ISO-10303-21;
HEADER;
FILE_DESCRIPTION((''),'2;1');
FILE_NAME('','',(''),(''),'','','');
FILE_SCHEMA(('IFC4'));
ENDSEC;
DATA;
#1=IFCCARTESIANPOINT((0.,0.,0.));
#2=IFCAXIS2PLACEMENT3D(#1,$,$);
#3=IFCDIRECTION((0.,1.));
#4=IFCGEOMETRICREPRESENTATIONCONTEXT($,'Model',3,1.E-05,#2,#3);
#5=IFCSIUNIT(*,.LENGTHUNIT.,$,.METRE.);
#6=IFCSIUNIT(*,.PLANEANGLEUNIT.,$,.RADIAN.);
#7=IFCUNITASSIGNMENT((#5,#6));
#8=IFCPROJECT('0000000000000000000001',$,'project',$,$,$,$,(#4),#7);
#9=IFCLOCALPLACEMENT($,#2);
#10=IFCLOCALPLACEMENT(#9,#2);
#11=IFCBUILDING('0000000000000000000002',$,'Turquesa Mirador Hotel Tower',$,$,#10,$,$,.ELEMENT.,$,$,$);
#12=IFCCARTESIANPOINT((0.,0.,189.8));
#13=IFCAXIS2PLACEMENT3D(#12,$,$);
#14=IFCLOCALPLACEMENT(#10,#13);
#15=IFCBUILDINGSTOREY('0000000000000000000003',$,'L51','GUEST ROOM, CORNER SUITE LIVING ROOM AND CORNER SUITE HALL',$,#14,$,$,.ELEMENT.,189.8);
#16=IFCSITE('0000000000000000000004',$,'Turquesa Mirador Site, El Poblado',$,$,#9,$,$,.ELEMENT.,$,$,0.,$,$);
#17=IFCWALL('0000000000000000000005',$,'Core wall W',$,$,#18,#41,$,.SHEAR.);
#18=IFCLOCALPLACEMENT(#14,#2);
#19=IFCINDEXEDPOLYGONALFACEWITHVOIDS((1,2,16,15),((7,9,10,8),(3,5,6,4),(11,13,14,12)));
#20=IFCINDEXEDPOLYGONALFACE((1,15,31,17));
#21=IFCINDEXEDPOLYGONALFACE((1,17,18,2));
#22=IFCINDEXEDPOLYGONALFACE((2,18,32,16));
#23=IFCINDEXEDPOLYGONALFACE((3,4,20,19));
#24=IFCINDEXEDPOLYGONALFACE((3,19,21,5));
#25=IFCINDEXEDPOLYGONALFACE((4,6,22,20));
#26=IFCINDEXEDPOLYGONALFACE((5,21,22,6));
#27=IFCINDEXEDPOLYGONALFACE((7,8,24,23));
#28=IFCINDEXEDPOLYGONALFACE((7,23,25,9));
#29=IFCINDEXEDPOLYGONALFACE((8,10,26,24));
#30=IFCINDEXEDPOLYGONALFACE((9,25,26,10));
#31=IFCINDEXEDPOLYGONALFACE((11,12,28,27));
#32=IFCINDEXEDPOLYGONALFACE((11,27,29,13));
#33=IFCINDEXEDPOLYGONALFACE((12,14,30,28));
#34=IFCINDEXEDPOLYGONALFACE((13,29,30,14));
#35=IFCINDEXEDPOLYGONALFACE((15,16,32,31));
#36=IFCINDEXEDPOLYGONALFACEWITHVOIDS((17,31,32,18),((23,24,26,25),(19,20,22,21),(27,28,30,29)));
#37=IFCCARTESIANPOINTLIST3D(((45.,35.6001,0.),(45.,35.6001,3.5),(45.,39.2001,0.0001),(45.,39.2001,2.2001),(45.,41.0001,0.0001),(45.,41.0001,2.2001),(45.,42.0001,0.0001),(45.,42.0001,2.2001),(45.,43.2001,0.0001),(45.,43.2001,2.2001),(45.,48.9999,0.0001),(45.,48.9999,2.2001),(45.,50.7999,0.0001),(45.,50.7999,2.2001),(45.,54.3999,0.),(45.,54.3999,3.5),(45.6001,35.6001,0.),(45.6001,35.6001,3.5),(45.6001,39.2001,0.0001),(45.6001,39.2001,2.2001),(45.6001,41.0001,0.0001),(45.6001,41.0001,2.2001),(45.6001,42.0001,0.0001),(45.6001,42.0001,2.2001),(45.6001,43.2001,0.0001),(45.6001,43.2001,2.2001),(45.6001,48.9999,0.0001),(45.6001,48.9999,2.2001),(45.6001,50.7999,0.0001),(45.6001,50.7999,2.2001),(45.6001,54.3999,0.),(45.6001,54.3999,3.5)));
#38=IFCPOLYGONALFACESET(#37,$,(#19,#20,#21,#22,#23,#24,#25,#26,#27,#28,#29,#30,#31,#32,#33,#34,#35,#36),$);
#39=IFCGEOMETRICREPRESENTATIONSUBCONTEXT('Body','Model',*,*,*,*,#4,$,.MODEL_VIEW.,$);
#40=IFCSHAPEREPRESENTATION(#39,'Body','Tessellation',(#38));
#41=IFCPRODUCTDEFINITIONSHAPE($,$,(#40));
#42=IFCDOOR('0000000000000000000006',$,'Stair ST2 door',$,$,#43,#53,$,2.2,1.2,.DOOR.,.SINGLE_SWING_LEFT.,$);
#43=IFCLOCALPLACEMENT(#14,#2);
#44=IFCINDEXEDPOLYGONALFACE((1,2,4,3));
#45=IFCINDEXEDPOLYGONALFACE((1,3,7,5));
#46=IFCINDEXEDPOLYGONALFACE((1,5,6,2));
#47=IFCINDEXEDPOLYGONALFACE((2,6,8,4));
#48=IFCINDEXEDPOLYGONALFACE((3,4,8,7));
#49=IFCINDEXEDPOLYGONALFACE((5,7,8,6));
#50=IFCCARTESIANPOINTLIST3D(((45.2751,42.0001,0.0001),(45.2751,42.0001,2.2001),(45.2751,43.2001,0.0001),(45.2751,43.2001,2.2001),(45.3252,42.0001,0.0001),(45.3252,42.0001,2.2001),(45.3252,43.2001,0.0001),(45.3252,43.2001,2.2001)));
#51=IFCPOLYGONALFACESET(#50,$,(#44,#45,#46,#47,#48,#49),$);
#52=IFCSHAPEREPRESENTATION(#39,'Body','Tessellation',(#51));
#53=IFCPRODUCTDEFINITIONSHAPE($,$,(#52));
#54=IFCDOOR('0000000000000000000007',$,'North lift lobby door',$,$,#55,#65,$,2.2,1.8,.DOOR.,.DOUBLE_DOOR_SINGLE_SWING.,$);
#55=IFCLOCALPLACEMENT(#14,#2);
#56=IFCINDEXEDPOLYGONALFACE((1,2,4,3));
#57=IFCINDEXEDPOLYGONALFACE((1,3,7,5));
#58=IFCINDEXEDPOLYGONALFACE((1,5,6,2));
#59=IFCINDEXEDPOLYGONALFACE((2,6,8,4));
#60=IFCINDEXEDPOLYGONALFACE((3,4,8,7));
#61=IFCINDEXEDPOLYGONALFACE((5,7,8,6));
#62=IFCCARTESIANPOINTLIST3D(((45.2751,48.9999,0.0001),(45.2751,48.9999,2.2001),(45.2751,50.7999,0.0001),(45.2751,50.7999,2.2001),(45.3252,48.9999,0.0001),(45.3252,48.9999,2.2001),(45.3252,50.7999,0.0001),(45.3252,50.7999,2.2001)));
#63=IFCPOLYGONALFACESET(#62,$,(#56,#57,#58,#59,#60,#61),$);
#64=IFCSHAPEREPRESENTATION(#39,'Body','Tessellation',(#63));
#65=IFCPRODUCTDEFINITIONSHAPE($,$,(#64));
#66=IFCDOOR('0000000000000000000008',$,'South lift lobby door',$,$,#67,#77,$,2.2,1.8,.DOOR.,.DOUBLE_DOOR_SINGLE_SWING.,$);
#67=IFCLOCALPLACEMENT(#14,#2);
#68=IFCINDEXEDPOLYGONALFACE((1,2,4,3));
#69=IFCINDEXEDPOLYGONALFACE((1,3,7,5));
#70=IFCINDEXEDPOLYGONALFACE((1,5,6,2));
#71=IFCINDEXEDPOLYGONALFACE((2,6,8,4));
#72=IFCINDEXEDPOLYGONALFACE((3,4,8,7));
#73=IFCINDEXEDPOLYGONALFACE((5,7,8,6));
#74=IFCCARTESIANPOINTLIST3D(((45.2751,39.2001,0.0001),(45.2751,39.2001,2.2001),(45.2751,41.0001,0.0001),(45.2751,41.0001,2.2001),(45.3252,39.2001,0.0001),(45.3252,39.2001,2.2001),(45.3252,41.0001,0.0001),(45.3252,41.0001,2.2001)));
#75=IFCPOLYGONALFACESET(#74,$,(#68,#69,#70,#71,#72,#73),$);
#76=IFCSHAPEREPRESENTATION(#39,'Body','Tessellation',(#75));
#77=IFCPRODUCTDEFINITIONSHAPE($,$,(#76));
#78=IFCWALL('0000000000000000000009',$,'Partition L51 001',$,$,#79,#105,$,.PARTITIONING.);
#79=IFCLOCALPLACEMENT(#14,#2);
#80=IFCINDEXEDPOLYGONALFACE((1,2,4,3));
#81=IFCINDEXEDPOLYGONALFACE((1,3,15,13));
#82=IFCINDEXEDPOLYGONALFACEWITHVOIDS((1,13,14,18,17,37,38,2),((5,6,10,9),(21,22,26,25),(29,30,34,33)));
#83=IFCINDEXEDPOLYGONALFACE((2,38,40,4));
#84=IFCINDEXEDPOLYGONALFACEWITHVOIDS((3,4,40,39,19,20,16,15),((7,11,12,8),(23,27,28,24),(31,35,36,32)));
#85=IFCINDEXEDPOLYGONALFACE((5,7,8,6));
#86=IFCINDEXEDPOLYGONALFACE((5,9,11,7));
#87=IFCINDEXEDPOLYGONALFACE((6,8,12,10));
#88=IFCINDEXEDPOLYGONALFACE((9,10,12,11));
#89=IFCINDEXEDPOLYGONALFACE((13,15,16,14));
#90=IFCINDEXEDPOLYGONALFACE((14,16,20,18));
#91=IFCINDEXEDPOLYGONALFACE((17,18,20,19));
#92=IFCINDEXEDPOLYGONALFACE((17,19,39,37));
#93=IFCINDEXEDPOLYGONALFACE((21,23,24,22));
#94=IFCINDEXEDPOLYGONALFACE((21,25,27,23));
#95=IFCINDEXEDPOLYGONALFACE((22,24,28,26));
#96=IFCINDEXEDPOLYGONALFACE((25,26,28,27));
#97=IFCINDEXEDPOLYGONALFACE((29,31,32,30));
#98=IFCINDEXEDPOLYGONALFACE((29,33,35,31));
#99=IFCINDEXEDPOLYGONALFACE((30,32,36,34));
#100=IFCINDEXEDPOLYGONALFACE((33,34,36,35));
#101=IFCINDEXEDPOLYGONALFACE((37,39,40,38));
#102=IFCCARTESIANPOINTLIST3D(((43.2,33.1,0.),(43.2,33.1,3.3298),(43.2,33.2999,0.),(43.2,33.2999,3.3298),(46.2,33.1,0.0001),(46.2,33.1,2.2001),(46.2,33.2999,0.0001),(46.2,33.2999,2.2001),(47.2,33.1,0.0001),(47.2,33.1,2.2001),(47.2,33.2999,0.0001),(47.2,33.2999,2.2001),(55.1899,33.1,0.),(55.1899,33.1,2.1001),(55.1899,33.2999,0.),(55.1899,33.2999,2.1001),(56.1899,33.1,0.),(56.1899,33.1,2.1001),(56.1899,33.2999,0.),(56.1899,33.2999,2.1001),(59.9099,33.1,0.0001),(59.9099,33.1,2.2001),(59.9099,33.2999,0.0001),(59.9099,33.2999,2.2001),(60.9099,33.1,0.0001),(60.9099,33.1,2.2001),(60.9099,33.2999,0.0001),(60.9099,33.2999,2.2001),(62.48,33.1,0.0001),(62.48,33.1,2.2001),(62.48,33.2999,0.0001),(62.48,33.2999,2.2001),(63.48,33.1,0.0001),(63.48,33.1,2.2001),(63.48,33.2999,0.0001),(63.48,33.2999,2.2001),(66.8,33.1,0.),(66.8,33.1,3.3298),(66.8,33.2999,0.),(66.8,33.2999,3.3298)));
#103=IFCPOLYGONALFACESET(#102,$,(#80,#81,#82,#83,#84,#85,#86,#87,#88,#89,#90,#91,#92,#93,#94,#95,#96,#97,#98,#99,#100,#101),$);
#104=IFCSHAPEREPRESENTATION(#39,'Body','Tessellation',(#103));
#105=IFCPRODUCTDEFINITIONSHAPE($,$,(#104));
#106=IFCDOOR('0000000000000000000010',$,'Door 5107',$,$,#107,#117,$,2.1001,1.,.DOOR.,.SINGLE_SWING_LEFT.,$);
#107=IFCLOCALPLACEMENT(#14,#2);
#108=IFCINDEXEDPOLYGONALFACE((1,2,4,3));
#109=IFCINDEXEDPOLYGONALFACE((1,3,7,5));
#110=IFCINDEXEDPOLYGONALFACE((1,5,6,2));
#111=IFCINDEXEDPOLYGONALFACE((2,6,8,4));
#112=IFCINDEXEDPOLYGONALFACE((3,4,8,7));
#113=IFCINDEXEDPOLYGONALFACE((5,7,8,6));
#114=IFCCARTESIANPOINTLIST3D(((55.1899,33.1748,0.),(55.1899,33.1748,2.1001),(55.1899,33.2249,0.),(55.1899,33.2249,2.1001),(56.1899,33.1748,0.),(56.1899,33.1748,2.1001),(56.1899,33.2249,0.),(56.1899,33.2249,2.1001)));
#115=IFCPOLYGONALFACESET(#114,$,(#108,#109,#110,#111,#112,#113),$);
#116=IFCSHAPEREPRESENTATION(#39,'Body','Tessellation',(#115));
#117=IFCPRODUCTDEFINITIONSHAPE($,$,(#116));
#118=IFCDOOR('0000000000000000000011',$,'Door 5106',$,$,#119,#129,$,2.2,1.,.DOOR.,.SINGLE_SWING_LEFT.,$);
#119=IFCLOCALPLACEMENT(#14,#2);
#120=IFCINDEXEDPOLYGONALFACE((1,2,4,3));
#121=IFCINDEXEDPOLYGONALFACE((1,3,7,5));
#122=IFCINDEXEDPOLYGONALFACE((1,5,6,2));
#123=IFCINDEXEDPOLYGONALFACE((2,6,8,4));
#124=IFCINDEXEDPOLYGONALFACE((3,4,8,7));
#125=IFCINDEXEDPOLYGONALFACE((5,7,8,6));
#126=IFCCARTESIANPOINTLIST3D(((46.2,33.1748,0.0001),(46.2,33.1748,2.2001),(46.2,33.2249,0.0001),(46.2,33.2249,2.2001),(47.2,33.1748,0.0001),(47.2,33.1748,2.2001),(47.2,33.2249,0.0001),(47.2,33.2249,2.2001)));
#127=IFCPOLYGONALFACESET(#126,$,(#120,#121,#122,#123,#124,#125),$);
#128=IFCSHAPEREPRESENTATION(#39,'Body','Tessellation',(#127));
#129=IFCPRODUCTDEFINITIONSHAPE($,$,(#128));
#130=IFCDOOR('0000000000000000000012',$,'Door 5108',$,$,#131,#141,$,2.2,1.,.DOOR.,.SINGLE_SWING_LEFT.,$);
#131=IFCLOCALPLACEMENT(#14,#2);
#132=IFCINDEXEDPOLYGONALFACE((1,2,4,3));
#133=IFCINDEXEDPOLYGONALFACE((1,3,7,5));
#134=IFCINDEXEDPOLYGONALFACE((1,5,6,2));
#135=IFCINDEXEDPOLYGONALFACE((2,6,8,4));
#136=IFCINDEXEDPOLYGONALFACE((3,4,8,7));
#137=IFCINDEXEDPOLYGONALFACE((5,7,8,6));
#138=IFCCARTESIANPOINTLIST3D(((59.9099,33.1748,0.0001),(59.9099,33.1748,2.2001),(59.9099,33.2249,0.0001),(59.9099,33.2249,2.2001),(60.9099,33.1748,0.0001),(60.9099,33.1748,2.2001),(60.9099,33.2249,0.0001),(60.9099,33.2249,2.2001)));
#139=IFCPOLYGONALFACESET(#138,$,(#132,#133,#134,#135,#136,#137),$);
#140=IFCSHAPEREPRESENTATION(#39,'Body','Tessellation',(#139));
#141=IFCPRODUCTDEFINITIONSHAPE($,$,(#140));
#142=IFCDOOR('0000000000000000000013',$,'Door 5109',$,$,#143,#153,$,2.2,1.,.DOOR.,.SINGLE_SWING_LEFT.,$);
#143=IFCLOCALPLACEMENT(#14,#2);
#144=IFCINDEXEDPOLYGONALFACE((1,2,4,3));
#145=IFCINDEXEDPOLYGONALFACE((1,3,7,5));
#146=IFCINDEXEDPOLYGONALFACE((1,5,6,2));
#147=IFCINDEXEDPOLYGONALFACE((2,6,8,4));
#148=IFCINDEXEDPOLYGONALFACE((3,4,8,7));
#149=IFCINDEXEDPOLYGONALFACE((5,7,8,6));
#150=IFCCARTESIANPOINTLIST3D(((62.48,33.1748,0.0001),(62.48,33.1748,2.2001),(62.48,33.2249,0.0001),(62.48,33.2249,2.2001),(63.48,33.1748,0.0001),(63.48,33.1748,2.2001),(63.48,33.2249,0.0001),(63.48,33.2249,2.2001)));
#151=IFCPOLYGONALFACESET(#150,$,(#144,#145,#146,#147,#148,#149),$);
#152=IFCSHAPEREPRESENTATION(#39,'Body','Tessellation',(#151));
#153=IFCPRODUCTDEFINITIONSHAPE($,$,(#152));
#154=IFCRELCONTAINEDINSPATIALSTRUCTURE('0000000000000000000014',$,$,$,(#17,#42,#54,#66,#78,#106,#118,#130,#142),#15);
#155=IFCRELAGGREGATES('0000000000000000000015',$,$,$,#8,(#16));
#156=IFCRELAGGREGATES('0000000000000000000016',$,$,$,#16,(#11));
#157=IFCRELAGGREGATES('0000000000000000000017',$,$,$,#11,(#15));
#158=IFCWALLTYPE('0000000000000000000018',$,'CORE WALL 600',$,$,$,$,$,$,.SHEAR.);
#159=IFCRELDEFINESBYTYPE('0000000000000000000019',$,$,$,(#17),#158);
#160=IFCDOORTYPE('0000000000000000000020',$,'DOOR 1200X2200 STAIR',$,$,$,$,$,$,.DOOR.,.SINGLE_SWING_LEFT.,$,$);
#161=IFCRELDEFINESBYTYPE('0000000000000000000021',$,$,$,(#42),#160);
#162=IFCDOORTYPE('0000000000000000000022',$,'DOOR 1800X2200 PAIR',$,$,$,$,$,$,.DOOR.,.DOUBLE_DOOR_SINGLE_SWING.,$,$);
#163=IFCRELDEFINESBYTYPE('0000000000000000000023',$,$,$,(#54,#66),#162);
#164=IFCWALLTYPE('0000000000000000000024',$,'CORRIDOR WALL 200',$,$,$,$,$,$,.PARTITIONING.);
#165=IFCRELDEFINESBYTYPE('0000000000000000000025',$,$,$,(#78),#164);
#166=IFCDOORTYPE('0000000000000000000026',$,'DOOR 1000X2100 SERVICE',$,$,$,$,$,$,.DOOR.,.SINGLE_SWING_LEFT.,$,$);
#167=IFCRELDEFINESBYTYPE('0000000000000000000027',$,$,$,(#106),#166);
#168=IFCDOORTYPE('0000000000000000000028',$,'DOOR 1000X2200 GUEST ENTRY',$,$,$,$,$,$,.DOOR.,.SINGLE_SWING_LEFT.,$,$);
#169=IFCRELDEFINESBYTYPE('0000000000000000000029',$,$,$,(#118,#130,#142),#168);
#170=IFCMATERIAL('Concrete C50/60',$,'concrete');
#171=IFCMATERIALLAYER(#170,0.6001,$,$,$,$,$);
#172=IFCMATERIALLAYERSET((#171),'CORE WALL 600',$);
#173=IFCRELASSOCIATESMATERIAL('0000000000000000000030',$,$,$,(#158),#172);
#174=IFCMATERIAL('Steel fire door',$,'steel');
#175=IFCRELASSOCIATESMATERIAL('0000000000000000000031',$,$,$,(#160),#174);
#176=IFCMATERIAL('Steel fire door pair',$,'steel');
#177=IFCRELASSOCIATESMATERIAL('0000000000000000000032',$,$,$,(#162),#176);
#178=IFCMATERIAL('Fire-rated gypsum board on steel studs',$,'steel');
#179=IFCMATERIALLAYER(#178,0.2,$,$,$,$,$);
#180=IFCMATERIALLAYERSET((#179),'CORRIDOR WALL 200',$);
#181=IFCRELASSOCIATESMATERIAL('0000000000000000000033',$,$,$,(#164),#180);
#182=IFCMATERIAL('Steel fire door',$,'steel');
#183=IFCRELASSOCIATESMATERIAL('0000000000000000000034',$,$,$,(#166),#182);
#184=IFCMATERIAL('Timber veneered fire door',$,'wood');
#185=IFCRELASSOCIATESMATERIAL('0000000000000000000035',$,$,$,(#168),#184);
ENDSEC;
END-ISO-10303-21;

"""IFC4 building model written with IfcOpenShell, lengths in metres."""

from ifc_helpers import new_model, si_unit, direction, frame, frame_2d, origin, place, context, subcontext, project, spatial, rectangle, extrude, material, layer, layer_set, type_object, element, fill, save


model = new_model("IFC4")

# Units and contexts
model_context = context("Model", 3, precision=1e-05, world=origin(), true_north=direction((0.0, 1.0)))
body_context = subcontext(model_context, "Body", "Model", "MODEL_VIEW")
ifc_project = project(units=[si_unit("LENGTHUNIT", "METRE"), si_unit("PLANEANGLEUNIT", "RADIAN")], contexts=[model_context])

# Site, building, storey
site_placement = place(None, origin())
site = spatial("IfcSite", under=ifc_project, at=site_placement, Name="Turquesa Mirador Site, El Poblado", CompositionType="ELEMENT", RefElevation=0.0)
building_placement = place(site_placement, origin())
building = spatial("IfcBuilding", under=site, at=building_placement, Name="Turquesa Mirador Hotel Tower", CompositionType="ELEMENT")
storey_placement = place(building_placement, frame((0.0, 0.0, 189.8)))
storey = spatial("IfcBuildingStorey", under=building, at=storey_placement, Name="L51", Description="GUEST ROOM, CORNER SUITE LIVING ROOM AND CORNER SUITE HALL", CompositionType="ELEMENT", Elevation=189.8)

# Shared definitions
ifc_material_1 = material(Name="Concrete C50/60", Category="concrete")
ifc_layer_1 = layer(ifc_material_1, 0.6001)
ifc_layer_set_1 = layer_set([ifc_layer_1], Name="CORE WALL 600")
wall_type_1 = type_object("IfcWallType", Name="CORE WALL 600", PredefinedType="SHEAR", material=ifc_layer_set_1)

# Walls, openings, doors
wall_1_placement = place(storey_placement, frame((45.3, 35.6001, 0.0), z_axis=(0.0, 0.0, 1.0), x_axis=(0.0, 1.0, 0.0)))
wall_1 = element("IfcWall", 1, at=wall_1_placement, inside=storey, type_object=wall_type_1, Name="Core wall W", PredefinedType="SHEAR", context=body_context, shape_type="SweptSolid", body=[
    extrude(rectangle(XDim=18.7998, YDim=0.6001, at=frame_2d((9.3999, 0.0))), origin(), (0.0, 0.0, 1.0), 3.5),
])
opening_1_placement = place(wall_1_placement, frame((13.3999, 0.0, 0.0)))
opening_1 = element("IfcOpeningElement", 2, at=opening_1_placement, cuts=wall_1, PredefinedType="OPENING", context=body_context, shape_type="SweptSolid", body=[
    extrude(rectangle(XDim=1.8, YDim=2.2, at=frame_2d((0.8999, 1.1001))), frame((0.0, 0.3101, 0.0), z_axis=(0.0, -1.0, 0.0), x_axis=(1.0, 0.0, 0.0)), (0.0, 0.0, 1.0), 0.6201),
])
opening_2_placement = place(wall_1_placement, frame((3.6001, 0.0, 0.0)))
opening_2 = element("IfcOpeningElement", 3, at=opening_2_placement, cuts=wall_1, PredefinedType="OPENING", context=body_context, shape_type="SweptSolid", body=[
    extrude(rectangle(XDim=1.8, YDim=2.2, at=frame_2d((0.8999, 1.1001))), frame((0.0, 0.3101, 0.0), z_axis=(0.0, -1.0, 0.0), x_axis=(1.0, 0.0, 0.0)), (0.0, 0.0, 1.0), 0.6201),
])
opening_3_placement = place(wall_1_placement, frame((6.3999, 0.0, 0.0)))
opening_3 = element("IfcOpeningElement", 4, at=opening_3_placement, cuts=wall_1, PredefinedType="OPENING", context=body_context, shape_type="SweptSolid", body=[
    extrude(rectangle(XDim=1.2, YDim=2.2, at=frame_2d((0.6001, 1.1001))), frame((0.0, 0.3101, 0.0), z_axis=(0.0, -1.0, 0.0), x_axis=(1.0, 0.0, 0.0)), (0.0, 0.0, 1.0), 0.6201),
])
ifc_material_2 = material(Name="Steel fire door", Category="steel")
door_type_1 = type_object("IfcDoorType", Name="DOOR 1200X2200 STAIR", OperationType="SINGLE_SWING_LEFT", PredefinedType="DOOR", material=ifc_material_2)
door_1_placement = place(opening_3_placement, origin())
door_1 = element("IfcDoor", 5, at=door_1_placement, inside=storey, type_object=door_type_1, Name="Stair ST2 door", OperationType="SINGLE_SWING_LEFT", OverallHeight=2.2, OverallWidth=1.2, PredefinedType="DOOR", context=body_context, shape_type="SweptSolid", body=[
    extrude(rectangle(XDim=1.2, YDim=2.2, at=frame_2d((0.6001, 1.1001))), frame((0.0, 0.0249, 0.0), z_axis=(0.0, -1.0, 0.0), x_axis=(1.0, 0.0, 0.0)), (0.0, 0.0, 1.0), 0.05),
])
fill(opening_3, door_1)
ifc_material_3 = material(Name="Steel fire door pair", Category="steel")
door_type_2 = type_object("IfcDoorType", Name="DOOR 1800X2200 PAIR", OperationType="DOUBLE_DOOR_SINGLE_SWING", PredefinedType="DOOR", material=ifc_material_3)
door_2_placement = place(opening_1_placement, origin())
door_2 = element("IfcDoor", 6, at=door_2_placement, inside=storey, type_object=door_type_2, Name="North lift lobby door", OperationType="DOUBLE_DOOR_SINGLE_SWING", OverallHeight=2.2, OverallWidth=1.8, PredefinedType="DOOR", context=body_context, shape_type="SweptSolid", body=[
    extrude(rectangle(XDim=1.8, YDim=2.2, at=frame_2d((0.8999, 1.1001))), frame((0.0, 0.0249, 0.0), z_axis=(0.0, -1.0, 0.0), x_axis=(1.0, 0.0, 0.0)), (0.0, 0.0, 1.0), 0.05),
])
fill(opening_1, door_2)
door_3_placement = place(opening_2_placement, origin())
door_3 = element("IfcDoor", 7, at=door_3_placement, inside=storey, type_object=door_type_2, Name="South lift lobby door", OperationType="DOUBLE_DOOR_SINGLE_SWING", OverallHeight=2.2, OverallWidth=1.8, PredefinedType="DOOR", context=body_context, shape_type="SweptSolid", body=[
    extrude(rectangle(XDim=1.8, YDim=2.2, at=frame_2d((0.8999, 1.1001))), frame((0.0, 0.0249, 0.0), z_axis=(0.0, -1.0, 0.0), x_axis=(1.0, 0.0, 0.0)), (0.0, 0.0, 1.0), 0.05),
])
fill(opening_2, door_3)
ifc_material_4 = material(Name="Fire-rated gypsum board on steel studs", Category="steel")
ifc_layer_2 = layer(ifc_material_4, 0.2)
ifc_layer_set_2 = layer_set([ifc_layer_2], Name="CORRIDOR WALL 200")
wall_type_2 = type_object("IfcWallType", Name="CORRIDOR WALL 200", PredefinedType="PARTITIONING", material=ifc_layer_set_2)
wall_2_placement = place(storey_placement, frame((43.2, 33.2, 0.0), z_axis=(0.0, 0.0, 1.0), x_axis=(1.0, 0.0, 0.0)))
wall_2 = element("IfcWall", 8, at=wall_2_placement, inside=storey, type_object=wall_type_2, Name="Partition L51 001", PredefinedType="PARTITIONING", context=body_context, shape_type="SweptSolid", body=[
    extrude(rectangle(XDim=23.6001, YDim=0.2, at=frame_2d((11.8, 0.0))), origin(), (0.0, 0.0, 1.0), 3.3298),
])
opening_4_placement = place(wall_2_placement, frame((3.0, 0.0, 0.0)))
opening_4 = element("IfcOpeningElement", 9, at=opening_4_placement, cuts=wall_2, PredefinedType="OPENING", context=body_context, shape_type="SweptSolid", body=[
    extrude(rectangle(XDim=1.0, YDim=2.2, at=frame_2d((0.5, 1.1001))), frame((0.0, 0.1099, 0.0), z_axis=(0.0, -1.0, 0.0), x_axis=(1.0, 0.0, 0.0)), (0.0, 0.0, 1.0), 0.22),
])
opening_5_placement = place(wall_2_placement, frame((11.99, 0.0, 0.0)))
opening_5 = element("IfcOpeningElement", 10, at=opening_5_placement, cuts=wall_2, PredefinedType="OPENING", context=body_context, shape_type="SweptSolid", body=[
    extrude(rectangle(XDim=1.0, YDim=2.1001, at=frame_2d((0.5, 1.05))), frame((0.0, 0.1099, 0.0), z_axis=(0.0, -1.0, 0.0), x_axis=(1.0, 0.0, 0.0)), (0.0, 0.0, 1.0), 0.22),
])
opening_6_placement = place(wall_2_placement, frame((16.71, 0.0, 0.0)))
opening_6 = element("IfcOpeningElement", 11, at=opening_6_placement, cuts=wall_2, PredefinedType="OPENING", context=body_context, shape_type="SweptSolid", body=[
    extrude(rectangle(XDim=1.0, YDim=2.2, at=frame_2d((0.5, 1.1001))), frame((0.0, 0.1099, 0.0), z_axis=(0.0, -1.0, 0.0), x_axis=(1.0, 0.0, 0.0)), (0.0, 0.0, 1.0), 0.22),
])
opening_7_placement = place(wall_2_placement, frame((19.28, 0.0, 0.0)))
opening_7 = element("IfcOpeningElement", 12, at=opening_7_placement, cuts=wall_2, PredefinedType="OPENING", context=body_context, shape_type="SweptSolid", body=[
    extrude(rectangle(XDim=1.0, YDim=2.2, at=frame_2d((0.5, 1.1001))), frame((0.0, 0.1099, 0.0), z_axis=(0.0, -1.0, 0.0), x_axis=(1.0, 0.0, 0.0)), (0.0, 0.0, 1.0), 0.22),
])
ifc_material_5 = material(Name="Steel fire door", Category="steel")
door_type_3 = type_object("IfcDoorType", Name="DOOR 1000X2100 SERVICE", OperationType="SINGLE_SWING_LEFT", PredefinedType="DOOR", material=ifc_material_5)
door_4_placement = place(opening_5_placement, origin())
door_4 = element("IfcDoor", 13, at=door_4_placement, inside=storey, type_object=door_type_3, Name="Door 5107", OperationType="SINGLE_SWING_LEFT", OverallHeight=2.1001, OverallWidth=1.0, PredefinedType="DOOR", context=body_context, shape_type="SweptSolid", body=[
    extrude(rectangle(XDim=1.0, YDim=2.1001, at=frame_2d((0.5, 1.05))), frame((0.0, 0.0249, 0.0), z_axis=(0.0, -1.0, 0.0), x_axis=(1.0, 0.0, 0.0)), (0.0, 0.0, 1.0), 0.05),
])
fill(opening_5, door_4)
ifc_material_6 = material(Name="Timber veneered fire door", Category="wood")
door_type_4 = type_object("IfcDoorType", Name="DOOR 1000X2200 GUEST ENTRY", OperationType="SINGLE_SWING_LEFT", PredefinedType="DOOR", material=ifc_material_6)
door_5_placement = place(opening_4_placement, origin())
door_5 = element("IfcDoor", 14, at=door_5_placement, inside=storey, type_object=door_type_4, Name="Door 5106", OperationType="SINGLE_SWING_LEFT", OverallHeight=2.2, OverallWidth=1.0, PredefinedType="DOOR", context=body_context, shape_type="SweptSolid", body=[
    extrude(rectangle(XDim=1.0, YDim=2.2, at=frame_2d((0.5, 1.1001))), frame((0.0, 0.0249, 0.0), z_axis=(0.0, -1.0, 0.0), x_axis=(1.0, 0.0, 0.0)), (0.0, 0.0, 1.0), 0.05),
])
fill(opening_4, door_5)
door_6_placement = place(opening_6_placement, origin())
door_6 = element("IfcDoor", 15, at=door_6_placement, inside=storey, type_object=door_type_4, Name="Door 5108", OperationType="SINGLE_SWING_LEFT", OverallHeight=2.2, OverallWidth=1.0, PredefinedType="DOOR", context=body_context, shape_type="SweptSolid", body=[
    extrude(rectangle(XDim=1.0, YDim=2.2, at=frame_2d((0.5, 1.1001))), frame((0.0, 0.0249, 0.0), z_axis=(0.0, -1.0, 0.0), x_axis=(1.0, 0.0, 0.0)), (0.0, 0.0, 1.0), 0.05),
])
fill(opening_6, door_6)
door_7_placement = place(opening_7_placement, origin())
door_7 = element("IfcDoor", 16, at=door_7_placement, inside=storey, type_object=door_type_4, Name="Door 5109", OperationType="SINGLE_SWING_LEFT", OverallHeight=2.2, OverallWidth=1.0, PredefinedType="DOOR", context=body_context, shape_type="SweptSolid", body=[
    extrude(rectangle(XDim=1.0, YDim=2.2, at=frame_2d((0.5, 1.1001))), frame((0.0, 0.0249, 0.0), z_axis=(0.0, -1.0, 0.0), x_axis=(1.0, 0.0, 0.0)), (0.0, 0.0, 1.0), 0.05),
])
fill(opening_7, door_7)

save(model, "model.ifc")
